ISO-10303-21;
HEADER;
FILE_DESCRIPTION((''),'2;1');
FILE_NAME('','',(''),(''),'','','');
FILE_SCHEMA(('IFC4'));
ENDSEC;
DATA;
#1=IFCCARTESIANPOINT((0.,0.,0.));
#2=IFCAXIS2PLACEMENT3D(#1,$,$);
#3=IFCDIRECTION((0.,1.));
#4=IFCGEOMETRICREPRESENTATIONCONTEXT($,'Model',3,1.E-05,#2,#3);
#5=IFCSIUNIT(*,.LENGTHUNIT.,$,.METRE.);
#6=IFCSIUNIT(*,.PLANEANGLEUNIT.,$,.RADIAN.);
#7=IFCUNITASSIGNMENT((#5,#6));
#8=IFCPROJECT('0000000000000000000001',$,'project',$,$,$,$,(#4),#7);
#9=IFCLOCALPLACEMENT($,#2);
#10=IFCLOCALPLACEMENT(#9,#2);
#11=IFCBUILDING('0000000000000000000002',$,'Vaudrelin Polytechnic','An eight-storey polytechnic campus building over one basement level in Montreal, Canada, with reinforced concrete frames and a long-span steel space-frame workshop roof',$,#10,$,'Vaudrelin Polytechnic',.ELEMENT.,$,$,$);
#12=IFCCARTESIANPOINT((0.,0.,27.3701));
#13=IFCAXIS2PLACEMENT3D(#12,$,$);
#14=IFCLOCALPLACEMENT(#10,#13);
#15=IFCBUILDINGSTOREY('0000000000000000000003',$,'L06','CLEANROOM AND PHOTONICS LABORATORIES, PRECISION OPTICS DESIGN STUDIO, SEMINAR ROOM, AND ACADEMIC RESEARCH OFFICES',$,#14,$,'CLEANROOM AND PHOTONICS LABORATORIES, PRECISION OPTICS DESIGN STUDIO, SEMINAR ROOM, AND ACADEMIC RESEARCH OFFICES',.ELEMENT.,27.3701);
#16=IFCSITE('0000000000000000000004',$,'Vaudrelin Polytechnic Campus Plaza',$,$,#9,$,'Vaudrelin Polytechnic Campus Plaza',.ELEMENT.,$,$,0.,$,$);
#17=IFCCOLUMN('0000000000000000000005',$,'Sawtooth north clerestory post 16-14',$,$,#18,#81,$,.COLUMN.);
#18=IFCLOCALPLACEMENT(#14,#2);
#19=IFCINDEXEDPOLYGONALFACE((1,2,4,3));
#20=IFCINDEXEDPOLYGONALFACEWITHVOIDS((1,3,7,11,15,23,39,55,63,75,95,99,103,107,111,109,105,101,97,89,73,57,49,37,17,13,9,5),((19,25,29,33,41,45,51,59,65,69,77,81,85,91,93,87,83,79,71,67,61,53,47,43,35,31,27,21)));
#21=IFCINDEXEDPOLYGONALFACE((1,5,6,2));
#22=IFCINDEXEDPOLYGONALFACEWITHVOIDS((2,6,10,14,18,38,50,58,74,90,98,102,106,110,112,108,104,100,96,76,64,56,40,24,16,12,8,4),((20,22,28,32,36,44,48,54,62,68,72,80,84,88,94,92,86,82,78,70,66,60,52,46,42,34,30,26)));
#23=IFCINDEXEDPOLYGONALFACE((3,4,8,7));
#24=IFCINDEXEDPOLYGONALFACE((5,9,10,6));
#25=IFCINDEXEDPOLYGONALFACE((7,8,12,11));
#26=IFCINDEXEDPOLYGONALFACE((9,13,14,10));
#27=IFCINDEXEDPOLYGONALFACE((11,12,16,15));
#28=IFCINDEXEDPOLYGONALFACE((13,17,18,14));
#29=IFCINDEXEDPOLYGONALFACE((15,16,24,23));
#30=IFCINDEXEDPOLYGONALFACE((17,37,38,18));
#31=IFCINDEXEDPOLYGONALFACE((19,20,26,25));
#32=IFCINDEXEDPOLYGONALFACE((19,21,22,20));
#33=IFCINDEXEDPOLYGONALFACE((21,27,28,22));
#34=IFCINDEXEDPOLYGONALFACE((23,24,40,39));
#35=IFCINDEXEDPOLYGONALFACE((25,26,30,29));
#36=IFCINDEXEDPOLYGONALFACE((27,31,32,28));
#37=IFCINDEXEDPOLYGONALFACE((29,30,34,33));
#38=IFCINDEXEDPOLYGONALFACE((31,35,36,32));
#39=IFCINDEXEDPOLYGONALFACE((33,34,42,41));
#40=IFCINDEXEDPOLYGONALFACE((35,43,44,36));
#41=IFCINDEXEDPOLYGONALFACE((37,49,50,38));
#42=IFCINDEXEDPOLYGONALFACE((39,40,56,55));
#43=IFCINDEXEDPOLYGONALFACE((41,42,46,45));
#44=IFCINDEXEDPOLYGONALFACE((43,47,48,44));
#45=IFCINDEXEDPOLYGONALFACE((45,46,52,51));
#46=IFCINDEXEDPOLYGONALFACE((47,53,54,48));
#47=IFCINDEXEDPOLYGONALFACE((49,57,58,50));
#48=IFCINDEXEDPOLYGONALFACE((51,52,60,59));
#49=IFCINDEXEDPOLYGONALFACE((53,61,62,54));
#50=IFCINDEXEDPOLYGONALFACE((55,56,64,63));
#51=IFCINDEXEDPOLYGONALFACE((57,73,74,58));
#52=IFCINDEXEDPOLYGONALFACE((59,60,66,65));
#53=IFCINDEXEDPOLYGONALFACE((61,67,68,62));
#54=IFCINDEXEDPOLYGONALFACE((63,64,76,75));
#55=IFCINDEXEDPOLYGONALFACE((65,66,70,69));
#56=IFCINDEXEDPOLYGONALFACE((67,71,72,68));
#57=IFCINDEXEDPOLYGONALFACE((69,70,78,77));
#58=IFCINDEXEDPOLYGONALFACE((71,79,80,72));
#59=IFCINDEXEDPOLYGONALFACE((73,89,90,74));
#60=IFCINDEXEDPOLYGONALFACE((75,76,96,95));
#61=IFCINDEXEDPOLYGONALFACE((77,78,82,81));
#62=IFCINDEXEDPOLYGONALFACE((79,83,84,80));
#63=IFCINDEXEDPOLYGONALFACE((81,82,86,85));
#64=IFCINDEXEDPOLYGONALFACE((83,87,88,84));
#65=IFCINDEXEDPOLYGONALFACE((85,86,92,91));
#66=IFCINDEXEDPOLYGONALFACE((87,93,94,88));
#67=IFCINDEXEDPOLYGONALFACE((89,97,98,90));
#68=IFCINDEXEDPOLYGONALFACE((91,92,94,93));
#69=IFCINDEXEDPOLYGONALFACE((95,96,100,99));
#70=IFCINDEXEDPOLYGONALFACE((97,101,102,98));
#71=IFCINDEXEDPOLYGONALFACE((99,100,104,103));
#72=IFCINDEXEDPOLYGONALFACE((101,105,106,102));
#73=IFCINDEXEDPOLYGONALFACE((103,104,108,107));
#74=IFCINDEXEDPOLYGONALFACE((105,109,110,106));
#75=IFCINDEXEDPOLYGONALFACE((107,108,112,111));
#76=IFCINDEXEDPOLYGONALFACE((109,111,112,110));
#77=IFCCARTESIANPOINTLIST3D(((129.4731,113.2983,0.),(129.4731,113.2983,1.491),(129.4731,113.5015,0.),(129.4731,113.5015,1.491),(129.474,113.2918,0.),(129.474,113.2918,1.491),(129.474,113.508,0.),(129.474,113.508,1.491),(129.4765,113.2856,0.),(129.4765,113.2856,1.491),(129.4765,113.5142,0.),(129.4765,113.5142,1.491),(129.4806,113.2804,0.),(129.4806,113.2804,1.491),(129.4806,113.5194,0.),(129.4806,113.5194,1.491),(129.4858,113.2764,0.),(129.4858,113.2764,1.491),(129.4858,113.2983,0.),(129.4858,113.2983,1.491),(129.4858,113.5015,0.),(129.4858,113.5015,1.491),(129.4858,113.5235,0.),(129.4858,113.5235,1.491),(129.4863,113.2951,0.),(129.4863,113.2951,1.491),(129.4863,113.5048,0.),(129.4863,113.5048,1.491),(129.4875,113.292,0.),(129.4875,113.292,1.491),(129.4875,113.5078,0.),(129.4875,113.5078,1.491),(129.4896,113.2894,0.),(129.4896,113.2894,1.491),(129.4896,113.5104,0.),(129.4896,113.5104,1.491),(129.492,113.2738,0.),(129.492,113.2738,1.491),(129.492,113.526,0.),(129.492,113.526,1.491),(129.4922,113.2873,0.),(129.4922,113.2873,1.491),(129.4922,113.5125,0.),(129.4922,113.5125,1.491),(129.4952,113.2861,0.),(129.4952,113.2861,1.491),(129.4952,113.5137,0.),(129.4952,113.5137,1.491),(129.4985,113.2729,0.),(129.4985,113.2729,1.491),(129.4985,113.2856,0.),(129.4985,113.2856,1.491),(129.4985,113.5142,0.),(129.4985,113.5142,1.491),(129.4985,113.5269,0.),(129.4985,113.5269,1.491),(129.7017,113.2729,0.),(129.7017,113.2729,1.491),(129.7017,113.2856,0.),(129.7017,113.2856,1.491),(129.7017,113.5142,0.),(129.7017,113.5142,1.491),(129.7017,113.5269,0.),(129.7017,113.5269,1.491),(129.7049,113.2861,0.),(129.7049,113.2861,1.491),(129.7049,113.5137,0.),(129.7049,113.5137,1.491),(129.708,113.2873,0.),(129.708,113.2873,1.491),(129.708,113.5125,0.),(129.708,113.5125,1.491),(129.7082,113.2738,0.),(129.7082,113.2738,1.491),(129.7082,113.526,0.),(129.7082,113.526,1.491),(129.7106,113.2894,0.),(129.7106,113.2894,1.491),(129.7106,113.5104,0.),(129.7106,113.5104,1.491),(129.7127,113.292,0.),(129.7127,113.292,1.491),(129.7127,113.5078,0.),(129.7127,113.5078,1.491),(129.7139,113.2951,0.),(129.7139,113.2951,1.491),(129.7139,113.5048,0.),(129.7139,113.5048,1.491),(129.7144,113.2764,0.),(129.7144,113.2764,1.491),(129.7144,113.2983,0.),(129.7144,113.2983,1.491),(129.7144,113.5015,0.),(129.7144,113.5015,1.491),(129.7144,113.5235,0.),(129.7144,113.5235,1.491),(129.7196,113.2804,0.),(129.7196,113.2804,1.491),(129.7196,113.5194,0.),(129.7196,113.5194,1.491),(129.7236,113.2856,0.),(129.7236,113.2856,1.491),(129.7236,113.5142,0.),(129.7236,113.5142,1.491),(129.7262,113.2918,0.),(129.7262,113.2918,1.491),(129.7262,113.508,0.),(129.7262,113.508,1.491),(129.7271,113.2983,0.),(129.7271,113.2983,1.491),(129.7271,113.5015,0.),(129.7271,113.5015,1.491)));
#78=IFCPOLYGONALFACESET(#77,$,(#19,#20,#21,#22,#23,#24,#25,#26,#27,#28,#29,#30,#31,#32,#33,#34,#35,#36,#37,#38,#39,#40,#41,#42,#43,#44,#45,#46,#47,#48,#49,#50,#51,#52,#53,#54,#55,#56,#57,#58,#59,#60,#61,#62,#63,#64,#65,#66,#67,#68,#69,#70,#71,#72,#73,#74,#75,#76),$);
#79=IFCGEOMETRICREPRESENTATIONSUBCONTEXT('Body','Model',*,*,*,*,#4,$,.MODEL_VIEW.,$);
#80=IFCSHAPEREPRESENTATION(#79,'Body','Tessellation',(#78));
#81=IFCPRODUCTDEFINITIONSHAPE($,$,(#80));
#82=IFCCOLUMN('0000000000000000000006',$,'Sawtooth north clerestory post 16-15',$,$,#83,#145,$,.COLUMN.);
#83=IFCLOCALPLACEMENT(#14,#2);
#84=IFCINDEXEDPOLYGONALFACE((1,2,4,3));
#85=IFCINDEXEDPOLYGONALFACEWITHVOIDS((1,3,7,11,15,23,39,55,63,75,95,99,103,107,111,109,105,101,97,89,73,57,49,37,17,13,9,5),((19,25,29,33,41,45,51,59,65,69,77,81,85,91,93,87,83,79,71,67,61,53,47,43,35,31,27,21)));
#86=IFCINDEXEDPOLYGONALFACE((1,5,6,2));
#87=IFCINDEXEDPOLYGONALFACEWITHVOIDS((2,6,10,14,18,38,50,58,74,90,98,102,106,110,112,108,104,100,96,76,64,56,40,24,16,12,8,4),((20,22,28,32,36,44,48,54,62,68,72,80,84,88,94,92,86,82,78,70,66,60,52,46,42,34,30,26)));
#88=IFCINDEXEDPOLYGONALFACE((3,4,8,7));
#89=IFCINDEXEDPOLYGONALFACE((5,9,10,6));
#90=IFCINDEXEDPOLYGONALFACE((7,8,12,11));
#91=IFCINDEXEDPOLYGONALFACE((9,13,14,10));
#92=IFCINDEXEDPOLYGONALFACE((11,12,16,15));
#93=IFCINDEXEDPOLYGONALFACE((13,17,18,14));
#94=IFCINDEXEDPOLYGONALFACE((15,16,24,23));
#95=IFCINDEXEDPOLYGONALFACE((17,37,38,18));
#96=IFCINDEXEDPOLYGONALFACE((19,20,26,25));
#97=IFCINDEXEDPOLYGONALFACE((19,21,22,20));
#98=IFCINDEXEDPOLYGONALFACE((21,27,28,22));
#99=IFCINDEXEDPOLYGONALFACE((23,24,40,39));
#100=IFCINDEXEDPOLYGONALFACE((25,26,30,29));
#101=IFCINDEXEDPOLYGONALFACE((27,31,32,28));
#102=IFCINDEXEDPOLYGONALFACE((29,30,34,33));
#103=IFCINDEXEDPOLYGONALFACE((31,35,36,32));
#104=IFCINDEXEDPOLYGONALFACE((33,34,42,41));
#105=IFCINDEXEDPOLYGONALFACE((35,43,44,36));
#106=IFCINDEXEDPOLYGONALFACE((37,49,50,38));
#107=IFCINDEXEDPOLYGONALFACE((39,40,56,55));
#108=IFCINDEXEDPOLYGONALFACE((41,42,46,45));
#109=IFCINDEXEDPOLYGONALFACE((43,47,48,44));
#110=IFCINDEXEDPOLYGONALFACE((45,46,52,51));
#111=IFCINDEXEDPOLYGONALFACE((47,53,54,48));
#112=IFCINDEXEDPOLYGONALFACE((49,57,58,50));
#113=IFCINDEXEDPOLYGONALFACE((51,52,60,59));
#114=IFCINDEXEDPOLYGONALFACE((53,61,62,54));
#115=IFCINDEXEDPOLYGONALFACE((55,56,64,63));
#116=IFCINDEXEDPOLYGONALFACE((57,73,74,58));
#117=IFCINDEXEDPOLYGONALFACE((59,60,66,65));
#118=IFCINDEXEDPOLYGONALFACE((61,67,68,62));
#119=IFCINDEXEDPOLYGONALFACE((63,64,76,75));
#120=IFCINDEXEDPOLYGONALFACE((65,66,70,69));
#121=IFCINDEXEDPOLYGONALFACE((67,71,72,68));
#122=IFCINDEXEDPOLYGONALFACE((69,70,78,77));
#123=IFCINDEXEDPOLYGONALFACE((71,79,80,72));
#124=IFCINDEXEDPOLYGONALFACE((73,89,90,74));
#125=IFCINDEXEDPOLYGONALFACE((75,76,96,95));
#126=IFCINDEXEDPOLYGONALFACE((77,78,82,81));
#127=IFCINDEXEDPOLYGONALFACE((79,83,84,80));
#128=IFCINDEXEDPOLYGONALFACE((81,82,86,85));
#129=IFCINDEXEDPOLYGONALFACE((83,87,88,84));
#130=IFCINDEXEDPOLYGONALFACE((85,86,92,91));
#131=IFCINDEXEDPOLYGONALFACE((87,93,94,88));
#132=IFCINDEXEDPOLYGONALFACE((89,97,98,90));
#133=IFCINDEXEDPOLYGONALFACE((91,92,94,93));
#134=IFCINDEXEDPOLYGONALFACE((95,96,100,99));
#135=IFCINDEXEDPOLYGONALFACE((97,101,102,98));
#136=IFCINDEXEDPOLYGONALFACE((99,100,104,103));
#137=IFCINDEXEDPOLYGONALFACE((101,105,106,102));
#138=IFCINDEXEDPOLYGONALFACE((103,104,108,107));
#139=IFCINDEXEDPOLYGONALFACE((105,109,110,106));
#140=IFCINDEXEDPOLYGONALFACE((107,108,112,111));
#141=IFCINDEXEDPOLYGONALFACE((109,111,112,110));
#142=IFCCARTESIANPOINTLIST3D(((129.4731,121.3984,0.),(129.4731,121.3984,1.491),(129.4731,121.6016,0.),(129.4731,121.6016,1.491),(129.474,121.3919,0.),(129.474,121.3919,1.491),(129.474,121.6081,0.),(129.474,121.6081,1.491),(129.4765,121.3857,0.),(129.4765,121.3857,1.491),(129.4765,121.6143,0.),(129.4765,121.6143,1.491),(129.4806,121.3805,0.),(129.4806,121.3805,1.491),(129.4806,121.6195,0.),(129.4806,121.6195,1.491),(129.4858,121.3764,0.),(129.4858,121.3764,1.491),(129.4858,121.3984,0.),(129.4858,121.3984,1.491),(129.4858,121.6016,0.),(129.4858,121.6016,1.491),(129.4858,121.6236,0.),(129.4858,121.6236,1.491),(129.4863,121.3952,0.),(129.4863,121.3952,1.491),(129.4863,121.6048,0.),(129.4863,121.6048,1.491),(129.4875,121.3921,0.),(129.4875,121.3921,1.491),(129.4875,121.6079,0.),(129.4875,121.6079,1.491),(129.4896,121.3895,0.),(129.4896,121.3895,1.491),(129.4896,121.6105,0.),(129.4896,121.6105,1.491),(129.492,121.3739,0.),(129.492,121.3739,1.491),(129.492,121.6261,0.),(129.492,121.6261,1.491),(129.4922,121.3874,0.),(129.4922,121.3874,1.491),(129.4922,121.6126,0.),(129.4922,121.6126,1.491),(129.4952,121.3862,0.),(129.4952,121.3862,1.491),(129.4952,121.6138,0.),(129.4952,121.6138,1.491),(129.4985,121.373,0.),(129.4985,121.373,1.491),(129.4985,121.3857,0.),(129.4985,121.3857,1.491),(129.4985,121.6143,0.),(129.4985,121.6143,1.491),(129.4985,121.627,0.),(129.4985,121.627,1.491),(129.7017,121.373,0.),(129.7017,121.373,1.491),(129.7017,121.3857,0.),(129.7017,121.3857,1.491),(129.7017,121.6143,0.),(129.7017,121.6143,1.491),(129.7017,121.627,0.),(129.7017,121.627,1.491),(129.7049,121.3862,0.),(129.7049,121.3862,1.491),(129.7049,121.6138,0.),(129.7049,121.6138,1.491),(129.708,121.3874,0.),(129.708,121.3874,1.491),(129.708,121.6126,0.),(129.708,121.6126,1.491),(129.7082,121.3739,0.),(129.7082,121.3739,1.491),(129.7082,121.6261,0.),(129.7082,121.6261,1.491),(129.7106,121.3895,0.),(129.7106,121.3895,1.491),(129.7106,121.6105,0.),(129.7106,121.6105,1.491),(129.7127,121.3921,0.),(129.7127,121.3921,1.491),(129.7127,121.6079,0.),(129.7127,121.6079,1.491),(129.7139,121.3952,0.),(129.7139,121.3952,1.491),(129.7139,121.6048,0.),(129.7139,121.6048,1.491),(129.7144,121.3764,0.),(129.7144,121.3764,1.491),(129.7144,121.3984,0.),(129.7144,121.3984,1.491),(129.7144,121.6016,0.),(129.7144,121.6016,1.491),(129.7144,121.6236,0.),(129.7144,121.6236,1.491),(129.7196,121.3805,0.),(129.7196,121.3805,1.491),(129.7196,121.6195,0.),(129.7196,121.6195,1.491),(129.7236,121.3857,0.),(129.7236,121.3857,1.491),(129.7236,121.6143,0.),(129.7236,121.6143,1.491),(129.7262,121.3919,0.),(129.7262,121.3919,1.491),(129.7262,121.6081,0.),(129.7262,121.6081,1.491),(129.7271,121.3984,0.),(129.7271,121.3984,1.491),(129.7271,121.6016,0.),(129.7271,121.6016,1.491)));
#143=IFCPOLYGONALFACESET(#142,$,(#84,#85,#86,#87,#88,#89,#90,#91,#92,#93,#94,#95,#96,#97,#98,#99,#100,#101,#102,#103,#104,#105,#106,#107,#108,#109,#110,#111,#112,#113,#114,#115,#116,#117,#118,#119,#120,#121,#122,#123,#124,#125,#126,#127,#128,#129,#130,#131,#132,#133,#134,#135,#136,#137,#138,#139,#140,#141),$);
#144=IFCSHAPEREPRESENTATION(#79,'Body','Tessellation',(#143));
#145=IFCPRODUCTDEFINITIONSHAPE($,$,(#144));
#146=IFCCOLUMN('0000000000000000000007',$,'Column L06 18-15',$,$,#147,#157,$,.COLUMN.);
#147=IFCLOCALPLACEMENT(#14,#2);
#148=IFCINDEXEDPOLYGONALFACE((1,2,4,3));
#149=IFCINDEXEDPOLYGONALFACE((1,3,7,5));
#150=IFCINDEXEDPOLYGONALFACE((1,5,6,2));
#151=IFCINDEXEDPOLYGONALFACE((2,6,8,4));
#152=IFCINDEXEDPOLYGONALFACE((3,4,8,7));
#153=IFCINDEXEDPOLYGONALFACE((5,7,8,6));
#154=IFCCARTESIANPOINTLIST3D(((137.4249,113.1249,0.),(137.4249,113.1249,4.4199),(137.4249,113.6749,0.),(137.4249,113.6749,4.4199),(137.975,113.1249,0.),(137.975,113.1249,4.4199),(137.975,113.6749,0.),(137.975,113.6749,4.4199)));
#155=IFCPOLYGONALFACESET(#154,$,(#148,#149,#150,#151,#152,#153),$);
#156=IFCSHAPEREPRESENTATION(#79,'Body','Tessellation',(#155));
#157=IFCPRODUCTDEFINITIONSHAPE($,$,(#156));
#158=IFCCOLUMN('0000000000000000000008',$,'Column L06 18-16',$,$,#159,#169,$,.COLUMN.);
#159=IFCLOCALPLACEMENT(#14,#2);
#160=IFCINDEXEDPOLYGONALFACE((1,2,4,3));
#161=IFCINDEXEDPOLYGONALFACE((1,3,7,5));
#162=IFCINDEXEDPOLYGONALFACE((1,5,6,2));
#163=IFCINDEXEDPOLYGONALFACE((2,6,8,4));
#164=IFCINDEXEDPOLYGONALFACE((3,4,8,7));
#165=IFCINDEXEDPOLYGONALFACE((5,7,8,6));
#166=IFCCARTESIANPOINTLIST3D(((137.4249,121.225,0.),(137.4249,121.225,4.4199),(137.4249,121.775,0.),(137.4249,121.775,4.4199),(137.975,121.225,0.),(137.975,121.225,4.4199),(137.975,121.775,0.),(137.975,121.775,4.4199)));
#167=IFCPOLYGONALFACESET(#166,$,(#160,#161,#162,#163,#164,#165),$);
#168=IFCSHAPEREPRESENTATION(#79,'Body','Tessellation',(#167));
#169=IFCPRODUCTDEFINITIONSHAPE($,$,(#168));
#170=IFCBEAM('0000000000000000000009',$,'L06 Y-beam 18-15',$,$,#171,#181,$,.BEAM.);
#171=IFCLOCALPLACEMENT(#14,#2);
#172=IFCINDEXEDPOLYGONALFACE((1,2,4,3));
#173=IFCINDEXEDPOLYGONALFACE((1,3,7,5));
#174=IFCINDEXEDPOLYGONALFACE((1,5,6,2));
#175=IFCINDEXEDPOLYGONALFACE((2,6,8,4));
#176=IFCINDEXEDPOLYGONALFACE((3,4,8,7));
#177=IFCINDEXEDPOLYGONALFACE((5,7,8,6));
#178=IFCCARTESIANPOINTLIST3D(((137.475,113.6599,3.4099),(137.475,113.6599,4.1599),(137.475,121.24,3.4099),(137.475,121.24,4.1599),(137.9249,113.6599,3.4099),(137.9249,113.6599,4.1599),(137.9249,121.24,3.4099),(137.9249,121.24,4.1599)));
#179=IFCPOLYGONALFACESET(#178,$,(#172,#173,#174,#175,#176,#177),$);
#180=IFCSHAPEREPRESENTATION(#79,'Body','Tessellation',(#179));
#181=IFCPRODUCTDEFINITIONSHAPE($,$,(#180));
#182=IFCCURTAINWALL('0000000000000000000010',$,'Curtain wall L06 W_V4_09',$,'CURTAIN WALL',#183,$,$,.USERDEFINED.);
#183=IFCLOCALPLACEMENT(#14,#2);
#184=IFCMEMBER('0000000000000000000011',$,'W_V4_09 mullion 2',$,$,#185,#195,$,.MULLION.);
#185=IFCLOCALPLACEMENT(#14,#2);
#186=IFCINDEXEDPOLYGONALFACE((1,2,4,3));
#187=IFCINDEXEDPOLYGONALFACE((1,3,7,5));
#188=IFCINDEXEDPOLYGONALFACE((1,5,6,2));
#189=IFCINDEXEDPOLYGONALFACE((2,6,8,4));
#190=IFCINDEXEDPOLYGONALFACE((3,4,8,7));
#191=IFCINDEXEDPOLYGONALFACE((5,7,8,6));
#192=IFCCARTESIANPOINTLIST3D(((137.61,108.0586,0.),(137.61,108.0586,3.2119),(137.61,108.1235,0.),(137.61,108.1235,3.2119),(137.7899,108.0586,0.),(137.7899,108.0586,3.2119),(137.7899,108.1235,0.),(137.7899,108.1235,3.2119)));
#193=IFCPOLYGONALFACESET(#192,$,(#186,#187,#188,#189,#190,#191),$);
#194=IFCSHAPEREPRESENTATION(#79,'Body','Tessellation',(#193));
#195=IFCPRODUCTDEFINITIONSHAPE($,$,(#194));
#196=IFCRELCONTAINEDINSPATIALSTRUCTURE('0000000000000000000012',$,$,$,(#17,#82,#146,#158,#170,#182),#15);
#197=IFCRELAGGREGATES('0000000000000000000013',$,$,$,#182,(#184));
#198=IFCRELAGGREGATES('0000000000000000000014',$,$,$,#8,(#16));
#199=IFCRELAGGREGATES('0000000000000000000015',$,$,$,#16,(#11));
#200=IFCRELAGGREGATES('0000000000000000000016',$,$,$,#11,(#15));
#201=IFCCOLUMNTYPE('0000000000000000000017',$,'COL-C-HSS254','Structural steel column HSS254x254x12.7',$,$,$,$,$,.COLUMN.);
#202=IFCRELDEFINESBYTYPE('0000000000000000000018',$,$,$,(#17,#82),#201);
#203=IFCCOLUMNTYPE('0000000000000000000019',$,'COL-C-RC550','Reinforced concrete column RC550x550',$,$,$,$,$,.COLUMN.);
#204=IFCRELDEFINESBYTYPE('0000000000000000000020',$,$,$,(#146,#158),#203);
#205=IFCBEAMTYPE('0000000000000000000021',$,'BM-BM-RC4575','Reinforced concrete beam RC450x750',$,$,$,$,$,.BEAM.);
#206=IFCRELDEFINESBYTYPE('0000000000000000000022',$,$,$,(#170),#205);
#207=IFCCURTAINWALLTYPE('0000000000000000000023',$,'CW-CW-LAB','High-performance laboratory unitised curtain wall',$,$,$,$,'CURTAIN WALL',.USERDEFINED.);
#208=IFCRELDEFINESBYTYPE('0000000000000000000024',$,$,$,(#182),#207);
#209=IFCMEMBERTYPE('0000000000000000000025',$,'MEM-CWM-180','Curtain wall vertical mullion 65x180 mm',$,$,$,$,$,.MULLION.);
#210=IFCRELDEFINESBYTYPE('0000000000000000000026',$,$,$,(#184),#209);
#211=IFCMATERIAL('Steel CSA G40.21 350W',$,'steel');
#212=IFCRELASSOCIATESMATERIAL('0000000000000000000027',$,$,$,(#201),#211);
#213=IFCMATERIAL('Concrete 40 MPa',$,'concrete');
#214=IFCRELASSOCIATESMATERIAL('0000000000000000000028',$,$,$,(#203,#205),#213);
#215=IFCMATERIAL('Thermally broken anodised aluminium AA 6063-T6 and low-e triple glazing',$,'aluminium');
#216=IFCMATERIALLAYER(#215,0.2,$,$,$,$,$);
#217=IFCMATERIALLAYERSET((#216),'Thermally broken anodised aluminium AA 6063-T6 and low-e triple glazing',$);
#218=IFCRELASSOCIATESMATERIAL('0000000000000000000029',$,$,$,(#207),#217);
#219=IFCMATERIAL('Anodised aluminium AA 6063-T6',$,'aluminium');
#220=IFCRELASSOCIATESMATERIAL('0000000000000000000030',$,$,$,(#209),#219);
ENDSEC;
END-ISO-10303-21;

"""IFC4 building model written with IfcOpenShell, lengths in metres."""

from ifc_helpers import new_model, si_unit, direction, frame, origin, origin_2d, place, context, subcontext, project, spatial, rectangle, hollow_rectangle, extrude, material, layer, layer_set, material_profile, profile_set, type_object, element, aggregate, save


model = new_model("IFC4")

# Units and contexts
model_context = context("Model", 3, precision=1e-05, world=origin(), true_north=direction((0.0, 1.0)))
body_context = subcontext(model_context, "Body", "Model", "MODEL_VIEW")
ifc_project = project(units=[si_unit("LENGTHUNIT", "METRE"), si_unit("PLANEANGLEUNIT", "RADIAN")], contexts=[model_context])

# Site, building, storey
site_placement = place(None, origin())
site = spatial("IfcSite", under=ifc_project, at=site_placement, Name="Vaudrelin Polytechnic Campus Plaza", LongName="Vaudrelin Polytechnic Campus Plaza", CompositionType="ELEMENT", RefElevation=0.0)
building_placement = place(site_placement, origin())
building = spatial("IfcBuilding", under=site, at=building_placement, Name="Vaudrelin Polytechnic", Description="An eight-storey polytechnic campus building over one basement level in Montreal, Canada, with reinforced concrete frames and a long-span steel space-frame workshop roof", LongName="Vaudrelin Polytechnic", CompositionType="ELEMENT")
storey_placement = place(building_placement, frame((0.0, 0.0, 27.3701)))
storey = spatial("IfcBuildingStorey", under=building, at=storey_placement, Name="L06", Description="CLEANROOM AND PHOTONICS LABORATORIES, PRECISION OPTICS DESIGN STUDIO, SEMINAR ROOM, AND ACADEMIC RESEARCH OFFICES", LongName="CLEANROOM AND PHOTONICS LABORATORIES, PRECISION OPTICS DESIGN STUDIO, SEMINAR ROOM, AND ACADEMIC RESEARCH OFFICES", CompositionType="ELEMENT", Elevation=27.3701)

# Columns
ifc_material_1 = material(Name="Steel CSA G40.21 350W", Category="steel")
ifc_material_profile_1 = material_profile(ifc_material_1, hollow_rectangle(XDim=0.2539, YDim=0.2539, WallThickness=0.0127, InnerFilletRadius=0.0127, OuterFilletRadius=0.0254, at=origin_2d()), Name="HSS254x254x12.7")
ifc_profile_set_1 = profile_set([ifc_material_profile_1], Name="Steel CSA G40.21 350W")
column_type_1 = type_object("IfcColumnType", Name="COL-C-HSS254", Description="Structural steel column HSS254x254x12.7", PredefinedType="COLUMN", material=ifc_profile_set_1)
for number, where, z_axis, x_axis, name in (
    (1, (129.6001, 113.3999, 0.0), (0.0, 0.0, 1.0), (1.0, 0.0, 0.0), "Sawtooth north clerestory post 16-14"),
    (2, (129.6001, 121.5, 0.0), (0.0, 0.0, 1.0), (1.0, 0.0, 0.0), "Sawtooth north clerestory post 16-15"),
):
    element("IfcColumn", number, at=place(storey_placement, frame(where, z_axis=z_axis, x_axis=x_axis)), inside=storey, type_object=column_type_1, Name=name, PredefinedType="COLUMN", context=body_context, shape_type="SweptSolid", body=[
        extrude(hollow_rectangle(XDim=0.2539, YDim=0.2539, WallThickness=0.0127, InnerFilletRadius=0.0127, OuterFilletRadius=0.0254, at=origin_2d()), origin(), (0.0, 0.0, 1.0), 1.491),
    ])
ifc_material_2 = material(Name="Concrete 40 MPa", Category="concrete")
ifc_material_profile_2 = material_profile(ifc_material_2, rectangle(XDim=0.55, YDim=0.55, at=origin_2d()), Name="RC550x550")
ifc_profile_set_2 = profile_set([ifc_material_profile_2], Name="Concrete 40 MPa")
column_type_2 = type_object("IfcColumnType", Name="COL-C-RC550", Description="Reinforced concrete column RC550x550", PredefinedType="COLUMN", material=ifc_profile_set_2)
for number, where, z_axis, x_axis, name in (
    (3, (137.7, 113.3999, 0.0), (0.0, 0.0, 1.0), (1.0, 0.0, 0.0), "Column L06 18-15"),
    (4, (137.7, 121.5, 0.0), (0.0, 0.0, 1.0), (1.0, 0.0, 0.0), "Column L06 18-16"),
):
    element("IfcColumn", number, at=place(storey_placement, frame(where, z_axis=z_axis, x_axis=x_axis)), inside=storey, type_object=column_type_2, Name=name, PredefinedType="COLUMN", context=body_context, shape_type="SweptSolid", body=[
        extrude(rectangle(XDim=0.55, YDim=0.55, at=origin_2d()), origin(), (0.0, 0.0, 1.0), 4.4199),
    ])

# Beam
ifc_material_profile_3 = material_profile(ifc_material_2, rectangle(XDim=0.45, YDim=0.75, at=origin_2d()), Name="RC450x750")
ifc_profile_set_3 = profile_set([ifc_material_profile_3], Name="Concrete 40 MPa")
beam_type = type_object("IfcBeamType", Name="BM-BM-RC4575", Description="Reinforced concrete beam RC450x750", PredefinedType="BEAM", material=ifc_profile_set_3)
beam_placement = place(storey_placement, frame((137.7, 113.6599, 3.7849), z_axis=(0.0, 1.0, 0.0), x_axis=(-1.0, 0.0, 0.0)))
element("IfcBeam", 5, at=beam_placement, inside=storey, type_object=beam_type, Name="L06 Y-beam 18-15", PredefinedType="BEAM", context=body_context, shape_type="SweptSolid", body=[
    extrude(rectangle(XDim=0.45, YDim=0.75, at=origin_2d()), origin(), (0.0, 0.0, 1.0), 7.5801),
])

# Curtain wall, member
ifc_material_3 = material(Name="Thermally broken anodised aluminium AA 6063-T6 and low-e triple glazing", Category="aluminium")
ifc_layer_1 = layer(ifc_material_3, 0.2)
ifc_layer_set_1 = layer_set([ifc_layer_1], Name="Thermally broken anodised aluminium AA 6063-T6 and low-e triple glazing")
curtain_wall_type = type_object("IfcCurtainWallType", Name="CW-CW-LAB", Description="High-performance laboratory unitised curtain wall", ElementType="CURTAIN WALL", PredefinedType="USERDEFINED", material=ifc_layer_set_1)
curtain_wall_1_placement = place(storey_placement, origin())
curtain_wall_1 = element("IfcCurtainWall", 6, at=curtain_wall_1_placement, inside=storey, type_object=curtain_wall_type, Name="Curtain wall L06 W_V4_09", ObjectType="CURTAIN WALL", PredefinedType="USERDEFINED")
ifc_material_4 = material(Name="Anodised aluminium AA 6063-T6", Category="aluminium")
ifc_material_profile_4 = material_profile(ifc_material_4, rectangle(XDim=0.0649, YDim=0.1799, at=origin_2d()), Name="CWM-65x180")
ifc_profile_set_4 = profile_set([ifc_material_profile_4], Name="Anodised aluminium AA 6063-T6")
member_type = type_object("IfcMemberType", Name="MEM-CWM-180", Description="Curtain wall vertical mullion 65x180 mm", PredefinedType="MULLION", material=ifc_profile_set_4)
member_1_placement = place(storey_placement, frame((137.7, 108.0911, 0.0), z_axis=(0.0, 0.0, 1.0), x_axis=(0.0, 1.0, 0.0)))
member_1 = element("IfcMember", 7, at=member_1_placement, type_object=member_type, Name="W_V4_09 mullion 2", PredefinedType="MULLION", context=body_context, shape_type="SweptSolid", body=[
    extrude(rectangle(XDim=0.0649, YDim=0.1799, at=origin_2d()), origin(), (0.0, 0.0, 1.0), 3.2119),
])

aggregate(curtain_wall_1, [member_1])

save(model, "model.ifc")
